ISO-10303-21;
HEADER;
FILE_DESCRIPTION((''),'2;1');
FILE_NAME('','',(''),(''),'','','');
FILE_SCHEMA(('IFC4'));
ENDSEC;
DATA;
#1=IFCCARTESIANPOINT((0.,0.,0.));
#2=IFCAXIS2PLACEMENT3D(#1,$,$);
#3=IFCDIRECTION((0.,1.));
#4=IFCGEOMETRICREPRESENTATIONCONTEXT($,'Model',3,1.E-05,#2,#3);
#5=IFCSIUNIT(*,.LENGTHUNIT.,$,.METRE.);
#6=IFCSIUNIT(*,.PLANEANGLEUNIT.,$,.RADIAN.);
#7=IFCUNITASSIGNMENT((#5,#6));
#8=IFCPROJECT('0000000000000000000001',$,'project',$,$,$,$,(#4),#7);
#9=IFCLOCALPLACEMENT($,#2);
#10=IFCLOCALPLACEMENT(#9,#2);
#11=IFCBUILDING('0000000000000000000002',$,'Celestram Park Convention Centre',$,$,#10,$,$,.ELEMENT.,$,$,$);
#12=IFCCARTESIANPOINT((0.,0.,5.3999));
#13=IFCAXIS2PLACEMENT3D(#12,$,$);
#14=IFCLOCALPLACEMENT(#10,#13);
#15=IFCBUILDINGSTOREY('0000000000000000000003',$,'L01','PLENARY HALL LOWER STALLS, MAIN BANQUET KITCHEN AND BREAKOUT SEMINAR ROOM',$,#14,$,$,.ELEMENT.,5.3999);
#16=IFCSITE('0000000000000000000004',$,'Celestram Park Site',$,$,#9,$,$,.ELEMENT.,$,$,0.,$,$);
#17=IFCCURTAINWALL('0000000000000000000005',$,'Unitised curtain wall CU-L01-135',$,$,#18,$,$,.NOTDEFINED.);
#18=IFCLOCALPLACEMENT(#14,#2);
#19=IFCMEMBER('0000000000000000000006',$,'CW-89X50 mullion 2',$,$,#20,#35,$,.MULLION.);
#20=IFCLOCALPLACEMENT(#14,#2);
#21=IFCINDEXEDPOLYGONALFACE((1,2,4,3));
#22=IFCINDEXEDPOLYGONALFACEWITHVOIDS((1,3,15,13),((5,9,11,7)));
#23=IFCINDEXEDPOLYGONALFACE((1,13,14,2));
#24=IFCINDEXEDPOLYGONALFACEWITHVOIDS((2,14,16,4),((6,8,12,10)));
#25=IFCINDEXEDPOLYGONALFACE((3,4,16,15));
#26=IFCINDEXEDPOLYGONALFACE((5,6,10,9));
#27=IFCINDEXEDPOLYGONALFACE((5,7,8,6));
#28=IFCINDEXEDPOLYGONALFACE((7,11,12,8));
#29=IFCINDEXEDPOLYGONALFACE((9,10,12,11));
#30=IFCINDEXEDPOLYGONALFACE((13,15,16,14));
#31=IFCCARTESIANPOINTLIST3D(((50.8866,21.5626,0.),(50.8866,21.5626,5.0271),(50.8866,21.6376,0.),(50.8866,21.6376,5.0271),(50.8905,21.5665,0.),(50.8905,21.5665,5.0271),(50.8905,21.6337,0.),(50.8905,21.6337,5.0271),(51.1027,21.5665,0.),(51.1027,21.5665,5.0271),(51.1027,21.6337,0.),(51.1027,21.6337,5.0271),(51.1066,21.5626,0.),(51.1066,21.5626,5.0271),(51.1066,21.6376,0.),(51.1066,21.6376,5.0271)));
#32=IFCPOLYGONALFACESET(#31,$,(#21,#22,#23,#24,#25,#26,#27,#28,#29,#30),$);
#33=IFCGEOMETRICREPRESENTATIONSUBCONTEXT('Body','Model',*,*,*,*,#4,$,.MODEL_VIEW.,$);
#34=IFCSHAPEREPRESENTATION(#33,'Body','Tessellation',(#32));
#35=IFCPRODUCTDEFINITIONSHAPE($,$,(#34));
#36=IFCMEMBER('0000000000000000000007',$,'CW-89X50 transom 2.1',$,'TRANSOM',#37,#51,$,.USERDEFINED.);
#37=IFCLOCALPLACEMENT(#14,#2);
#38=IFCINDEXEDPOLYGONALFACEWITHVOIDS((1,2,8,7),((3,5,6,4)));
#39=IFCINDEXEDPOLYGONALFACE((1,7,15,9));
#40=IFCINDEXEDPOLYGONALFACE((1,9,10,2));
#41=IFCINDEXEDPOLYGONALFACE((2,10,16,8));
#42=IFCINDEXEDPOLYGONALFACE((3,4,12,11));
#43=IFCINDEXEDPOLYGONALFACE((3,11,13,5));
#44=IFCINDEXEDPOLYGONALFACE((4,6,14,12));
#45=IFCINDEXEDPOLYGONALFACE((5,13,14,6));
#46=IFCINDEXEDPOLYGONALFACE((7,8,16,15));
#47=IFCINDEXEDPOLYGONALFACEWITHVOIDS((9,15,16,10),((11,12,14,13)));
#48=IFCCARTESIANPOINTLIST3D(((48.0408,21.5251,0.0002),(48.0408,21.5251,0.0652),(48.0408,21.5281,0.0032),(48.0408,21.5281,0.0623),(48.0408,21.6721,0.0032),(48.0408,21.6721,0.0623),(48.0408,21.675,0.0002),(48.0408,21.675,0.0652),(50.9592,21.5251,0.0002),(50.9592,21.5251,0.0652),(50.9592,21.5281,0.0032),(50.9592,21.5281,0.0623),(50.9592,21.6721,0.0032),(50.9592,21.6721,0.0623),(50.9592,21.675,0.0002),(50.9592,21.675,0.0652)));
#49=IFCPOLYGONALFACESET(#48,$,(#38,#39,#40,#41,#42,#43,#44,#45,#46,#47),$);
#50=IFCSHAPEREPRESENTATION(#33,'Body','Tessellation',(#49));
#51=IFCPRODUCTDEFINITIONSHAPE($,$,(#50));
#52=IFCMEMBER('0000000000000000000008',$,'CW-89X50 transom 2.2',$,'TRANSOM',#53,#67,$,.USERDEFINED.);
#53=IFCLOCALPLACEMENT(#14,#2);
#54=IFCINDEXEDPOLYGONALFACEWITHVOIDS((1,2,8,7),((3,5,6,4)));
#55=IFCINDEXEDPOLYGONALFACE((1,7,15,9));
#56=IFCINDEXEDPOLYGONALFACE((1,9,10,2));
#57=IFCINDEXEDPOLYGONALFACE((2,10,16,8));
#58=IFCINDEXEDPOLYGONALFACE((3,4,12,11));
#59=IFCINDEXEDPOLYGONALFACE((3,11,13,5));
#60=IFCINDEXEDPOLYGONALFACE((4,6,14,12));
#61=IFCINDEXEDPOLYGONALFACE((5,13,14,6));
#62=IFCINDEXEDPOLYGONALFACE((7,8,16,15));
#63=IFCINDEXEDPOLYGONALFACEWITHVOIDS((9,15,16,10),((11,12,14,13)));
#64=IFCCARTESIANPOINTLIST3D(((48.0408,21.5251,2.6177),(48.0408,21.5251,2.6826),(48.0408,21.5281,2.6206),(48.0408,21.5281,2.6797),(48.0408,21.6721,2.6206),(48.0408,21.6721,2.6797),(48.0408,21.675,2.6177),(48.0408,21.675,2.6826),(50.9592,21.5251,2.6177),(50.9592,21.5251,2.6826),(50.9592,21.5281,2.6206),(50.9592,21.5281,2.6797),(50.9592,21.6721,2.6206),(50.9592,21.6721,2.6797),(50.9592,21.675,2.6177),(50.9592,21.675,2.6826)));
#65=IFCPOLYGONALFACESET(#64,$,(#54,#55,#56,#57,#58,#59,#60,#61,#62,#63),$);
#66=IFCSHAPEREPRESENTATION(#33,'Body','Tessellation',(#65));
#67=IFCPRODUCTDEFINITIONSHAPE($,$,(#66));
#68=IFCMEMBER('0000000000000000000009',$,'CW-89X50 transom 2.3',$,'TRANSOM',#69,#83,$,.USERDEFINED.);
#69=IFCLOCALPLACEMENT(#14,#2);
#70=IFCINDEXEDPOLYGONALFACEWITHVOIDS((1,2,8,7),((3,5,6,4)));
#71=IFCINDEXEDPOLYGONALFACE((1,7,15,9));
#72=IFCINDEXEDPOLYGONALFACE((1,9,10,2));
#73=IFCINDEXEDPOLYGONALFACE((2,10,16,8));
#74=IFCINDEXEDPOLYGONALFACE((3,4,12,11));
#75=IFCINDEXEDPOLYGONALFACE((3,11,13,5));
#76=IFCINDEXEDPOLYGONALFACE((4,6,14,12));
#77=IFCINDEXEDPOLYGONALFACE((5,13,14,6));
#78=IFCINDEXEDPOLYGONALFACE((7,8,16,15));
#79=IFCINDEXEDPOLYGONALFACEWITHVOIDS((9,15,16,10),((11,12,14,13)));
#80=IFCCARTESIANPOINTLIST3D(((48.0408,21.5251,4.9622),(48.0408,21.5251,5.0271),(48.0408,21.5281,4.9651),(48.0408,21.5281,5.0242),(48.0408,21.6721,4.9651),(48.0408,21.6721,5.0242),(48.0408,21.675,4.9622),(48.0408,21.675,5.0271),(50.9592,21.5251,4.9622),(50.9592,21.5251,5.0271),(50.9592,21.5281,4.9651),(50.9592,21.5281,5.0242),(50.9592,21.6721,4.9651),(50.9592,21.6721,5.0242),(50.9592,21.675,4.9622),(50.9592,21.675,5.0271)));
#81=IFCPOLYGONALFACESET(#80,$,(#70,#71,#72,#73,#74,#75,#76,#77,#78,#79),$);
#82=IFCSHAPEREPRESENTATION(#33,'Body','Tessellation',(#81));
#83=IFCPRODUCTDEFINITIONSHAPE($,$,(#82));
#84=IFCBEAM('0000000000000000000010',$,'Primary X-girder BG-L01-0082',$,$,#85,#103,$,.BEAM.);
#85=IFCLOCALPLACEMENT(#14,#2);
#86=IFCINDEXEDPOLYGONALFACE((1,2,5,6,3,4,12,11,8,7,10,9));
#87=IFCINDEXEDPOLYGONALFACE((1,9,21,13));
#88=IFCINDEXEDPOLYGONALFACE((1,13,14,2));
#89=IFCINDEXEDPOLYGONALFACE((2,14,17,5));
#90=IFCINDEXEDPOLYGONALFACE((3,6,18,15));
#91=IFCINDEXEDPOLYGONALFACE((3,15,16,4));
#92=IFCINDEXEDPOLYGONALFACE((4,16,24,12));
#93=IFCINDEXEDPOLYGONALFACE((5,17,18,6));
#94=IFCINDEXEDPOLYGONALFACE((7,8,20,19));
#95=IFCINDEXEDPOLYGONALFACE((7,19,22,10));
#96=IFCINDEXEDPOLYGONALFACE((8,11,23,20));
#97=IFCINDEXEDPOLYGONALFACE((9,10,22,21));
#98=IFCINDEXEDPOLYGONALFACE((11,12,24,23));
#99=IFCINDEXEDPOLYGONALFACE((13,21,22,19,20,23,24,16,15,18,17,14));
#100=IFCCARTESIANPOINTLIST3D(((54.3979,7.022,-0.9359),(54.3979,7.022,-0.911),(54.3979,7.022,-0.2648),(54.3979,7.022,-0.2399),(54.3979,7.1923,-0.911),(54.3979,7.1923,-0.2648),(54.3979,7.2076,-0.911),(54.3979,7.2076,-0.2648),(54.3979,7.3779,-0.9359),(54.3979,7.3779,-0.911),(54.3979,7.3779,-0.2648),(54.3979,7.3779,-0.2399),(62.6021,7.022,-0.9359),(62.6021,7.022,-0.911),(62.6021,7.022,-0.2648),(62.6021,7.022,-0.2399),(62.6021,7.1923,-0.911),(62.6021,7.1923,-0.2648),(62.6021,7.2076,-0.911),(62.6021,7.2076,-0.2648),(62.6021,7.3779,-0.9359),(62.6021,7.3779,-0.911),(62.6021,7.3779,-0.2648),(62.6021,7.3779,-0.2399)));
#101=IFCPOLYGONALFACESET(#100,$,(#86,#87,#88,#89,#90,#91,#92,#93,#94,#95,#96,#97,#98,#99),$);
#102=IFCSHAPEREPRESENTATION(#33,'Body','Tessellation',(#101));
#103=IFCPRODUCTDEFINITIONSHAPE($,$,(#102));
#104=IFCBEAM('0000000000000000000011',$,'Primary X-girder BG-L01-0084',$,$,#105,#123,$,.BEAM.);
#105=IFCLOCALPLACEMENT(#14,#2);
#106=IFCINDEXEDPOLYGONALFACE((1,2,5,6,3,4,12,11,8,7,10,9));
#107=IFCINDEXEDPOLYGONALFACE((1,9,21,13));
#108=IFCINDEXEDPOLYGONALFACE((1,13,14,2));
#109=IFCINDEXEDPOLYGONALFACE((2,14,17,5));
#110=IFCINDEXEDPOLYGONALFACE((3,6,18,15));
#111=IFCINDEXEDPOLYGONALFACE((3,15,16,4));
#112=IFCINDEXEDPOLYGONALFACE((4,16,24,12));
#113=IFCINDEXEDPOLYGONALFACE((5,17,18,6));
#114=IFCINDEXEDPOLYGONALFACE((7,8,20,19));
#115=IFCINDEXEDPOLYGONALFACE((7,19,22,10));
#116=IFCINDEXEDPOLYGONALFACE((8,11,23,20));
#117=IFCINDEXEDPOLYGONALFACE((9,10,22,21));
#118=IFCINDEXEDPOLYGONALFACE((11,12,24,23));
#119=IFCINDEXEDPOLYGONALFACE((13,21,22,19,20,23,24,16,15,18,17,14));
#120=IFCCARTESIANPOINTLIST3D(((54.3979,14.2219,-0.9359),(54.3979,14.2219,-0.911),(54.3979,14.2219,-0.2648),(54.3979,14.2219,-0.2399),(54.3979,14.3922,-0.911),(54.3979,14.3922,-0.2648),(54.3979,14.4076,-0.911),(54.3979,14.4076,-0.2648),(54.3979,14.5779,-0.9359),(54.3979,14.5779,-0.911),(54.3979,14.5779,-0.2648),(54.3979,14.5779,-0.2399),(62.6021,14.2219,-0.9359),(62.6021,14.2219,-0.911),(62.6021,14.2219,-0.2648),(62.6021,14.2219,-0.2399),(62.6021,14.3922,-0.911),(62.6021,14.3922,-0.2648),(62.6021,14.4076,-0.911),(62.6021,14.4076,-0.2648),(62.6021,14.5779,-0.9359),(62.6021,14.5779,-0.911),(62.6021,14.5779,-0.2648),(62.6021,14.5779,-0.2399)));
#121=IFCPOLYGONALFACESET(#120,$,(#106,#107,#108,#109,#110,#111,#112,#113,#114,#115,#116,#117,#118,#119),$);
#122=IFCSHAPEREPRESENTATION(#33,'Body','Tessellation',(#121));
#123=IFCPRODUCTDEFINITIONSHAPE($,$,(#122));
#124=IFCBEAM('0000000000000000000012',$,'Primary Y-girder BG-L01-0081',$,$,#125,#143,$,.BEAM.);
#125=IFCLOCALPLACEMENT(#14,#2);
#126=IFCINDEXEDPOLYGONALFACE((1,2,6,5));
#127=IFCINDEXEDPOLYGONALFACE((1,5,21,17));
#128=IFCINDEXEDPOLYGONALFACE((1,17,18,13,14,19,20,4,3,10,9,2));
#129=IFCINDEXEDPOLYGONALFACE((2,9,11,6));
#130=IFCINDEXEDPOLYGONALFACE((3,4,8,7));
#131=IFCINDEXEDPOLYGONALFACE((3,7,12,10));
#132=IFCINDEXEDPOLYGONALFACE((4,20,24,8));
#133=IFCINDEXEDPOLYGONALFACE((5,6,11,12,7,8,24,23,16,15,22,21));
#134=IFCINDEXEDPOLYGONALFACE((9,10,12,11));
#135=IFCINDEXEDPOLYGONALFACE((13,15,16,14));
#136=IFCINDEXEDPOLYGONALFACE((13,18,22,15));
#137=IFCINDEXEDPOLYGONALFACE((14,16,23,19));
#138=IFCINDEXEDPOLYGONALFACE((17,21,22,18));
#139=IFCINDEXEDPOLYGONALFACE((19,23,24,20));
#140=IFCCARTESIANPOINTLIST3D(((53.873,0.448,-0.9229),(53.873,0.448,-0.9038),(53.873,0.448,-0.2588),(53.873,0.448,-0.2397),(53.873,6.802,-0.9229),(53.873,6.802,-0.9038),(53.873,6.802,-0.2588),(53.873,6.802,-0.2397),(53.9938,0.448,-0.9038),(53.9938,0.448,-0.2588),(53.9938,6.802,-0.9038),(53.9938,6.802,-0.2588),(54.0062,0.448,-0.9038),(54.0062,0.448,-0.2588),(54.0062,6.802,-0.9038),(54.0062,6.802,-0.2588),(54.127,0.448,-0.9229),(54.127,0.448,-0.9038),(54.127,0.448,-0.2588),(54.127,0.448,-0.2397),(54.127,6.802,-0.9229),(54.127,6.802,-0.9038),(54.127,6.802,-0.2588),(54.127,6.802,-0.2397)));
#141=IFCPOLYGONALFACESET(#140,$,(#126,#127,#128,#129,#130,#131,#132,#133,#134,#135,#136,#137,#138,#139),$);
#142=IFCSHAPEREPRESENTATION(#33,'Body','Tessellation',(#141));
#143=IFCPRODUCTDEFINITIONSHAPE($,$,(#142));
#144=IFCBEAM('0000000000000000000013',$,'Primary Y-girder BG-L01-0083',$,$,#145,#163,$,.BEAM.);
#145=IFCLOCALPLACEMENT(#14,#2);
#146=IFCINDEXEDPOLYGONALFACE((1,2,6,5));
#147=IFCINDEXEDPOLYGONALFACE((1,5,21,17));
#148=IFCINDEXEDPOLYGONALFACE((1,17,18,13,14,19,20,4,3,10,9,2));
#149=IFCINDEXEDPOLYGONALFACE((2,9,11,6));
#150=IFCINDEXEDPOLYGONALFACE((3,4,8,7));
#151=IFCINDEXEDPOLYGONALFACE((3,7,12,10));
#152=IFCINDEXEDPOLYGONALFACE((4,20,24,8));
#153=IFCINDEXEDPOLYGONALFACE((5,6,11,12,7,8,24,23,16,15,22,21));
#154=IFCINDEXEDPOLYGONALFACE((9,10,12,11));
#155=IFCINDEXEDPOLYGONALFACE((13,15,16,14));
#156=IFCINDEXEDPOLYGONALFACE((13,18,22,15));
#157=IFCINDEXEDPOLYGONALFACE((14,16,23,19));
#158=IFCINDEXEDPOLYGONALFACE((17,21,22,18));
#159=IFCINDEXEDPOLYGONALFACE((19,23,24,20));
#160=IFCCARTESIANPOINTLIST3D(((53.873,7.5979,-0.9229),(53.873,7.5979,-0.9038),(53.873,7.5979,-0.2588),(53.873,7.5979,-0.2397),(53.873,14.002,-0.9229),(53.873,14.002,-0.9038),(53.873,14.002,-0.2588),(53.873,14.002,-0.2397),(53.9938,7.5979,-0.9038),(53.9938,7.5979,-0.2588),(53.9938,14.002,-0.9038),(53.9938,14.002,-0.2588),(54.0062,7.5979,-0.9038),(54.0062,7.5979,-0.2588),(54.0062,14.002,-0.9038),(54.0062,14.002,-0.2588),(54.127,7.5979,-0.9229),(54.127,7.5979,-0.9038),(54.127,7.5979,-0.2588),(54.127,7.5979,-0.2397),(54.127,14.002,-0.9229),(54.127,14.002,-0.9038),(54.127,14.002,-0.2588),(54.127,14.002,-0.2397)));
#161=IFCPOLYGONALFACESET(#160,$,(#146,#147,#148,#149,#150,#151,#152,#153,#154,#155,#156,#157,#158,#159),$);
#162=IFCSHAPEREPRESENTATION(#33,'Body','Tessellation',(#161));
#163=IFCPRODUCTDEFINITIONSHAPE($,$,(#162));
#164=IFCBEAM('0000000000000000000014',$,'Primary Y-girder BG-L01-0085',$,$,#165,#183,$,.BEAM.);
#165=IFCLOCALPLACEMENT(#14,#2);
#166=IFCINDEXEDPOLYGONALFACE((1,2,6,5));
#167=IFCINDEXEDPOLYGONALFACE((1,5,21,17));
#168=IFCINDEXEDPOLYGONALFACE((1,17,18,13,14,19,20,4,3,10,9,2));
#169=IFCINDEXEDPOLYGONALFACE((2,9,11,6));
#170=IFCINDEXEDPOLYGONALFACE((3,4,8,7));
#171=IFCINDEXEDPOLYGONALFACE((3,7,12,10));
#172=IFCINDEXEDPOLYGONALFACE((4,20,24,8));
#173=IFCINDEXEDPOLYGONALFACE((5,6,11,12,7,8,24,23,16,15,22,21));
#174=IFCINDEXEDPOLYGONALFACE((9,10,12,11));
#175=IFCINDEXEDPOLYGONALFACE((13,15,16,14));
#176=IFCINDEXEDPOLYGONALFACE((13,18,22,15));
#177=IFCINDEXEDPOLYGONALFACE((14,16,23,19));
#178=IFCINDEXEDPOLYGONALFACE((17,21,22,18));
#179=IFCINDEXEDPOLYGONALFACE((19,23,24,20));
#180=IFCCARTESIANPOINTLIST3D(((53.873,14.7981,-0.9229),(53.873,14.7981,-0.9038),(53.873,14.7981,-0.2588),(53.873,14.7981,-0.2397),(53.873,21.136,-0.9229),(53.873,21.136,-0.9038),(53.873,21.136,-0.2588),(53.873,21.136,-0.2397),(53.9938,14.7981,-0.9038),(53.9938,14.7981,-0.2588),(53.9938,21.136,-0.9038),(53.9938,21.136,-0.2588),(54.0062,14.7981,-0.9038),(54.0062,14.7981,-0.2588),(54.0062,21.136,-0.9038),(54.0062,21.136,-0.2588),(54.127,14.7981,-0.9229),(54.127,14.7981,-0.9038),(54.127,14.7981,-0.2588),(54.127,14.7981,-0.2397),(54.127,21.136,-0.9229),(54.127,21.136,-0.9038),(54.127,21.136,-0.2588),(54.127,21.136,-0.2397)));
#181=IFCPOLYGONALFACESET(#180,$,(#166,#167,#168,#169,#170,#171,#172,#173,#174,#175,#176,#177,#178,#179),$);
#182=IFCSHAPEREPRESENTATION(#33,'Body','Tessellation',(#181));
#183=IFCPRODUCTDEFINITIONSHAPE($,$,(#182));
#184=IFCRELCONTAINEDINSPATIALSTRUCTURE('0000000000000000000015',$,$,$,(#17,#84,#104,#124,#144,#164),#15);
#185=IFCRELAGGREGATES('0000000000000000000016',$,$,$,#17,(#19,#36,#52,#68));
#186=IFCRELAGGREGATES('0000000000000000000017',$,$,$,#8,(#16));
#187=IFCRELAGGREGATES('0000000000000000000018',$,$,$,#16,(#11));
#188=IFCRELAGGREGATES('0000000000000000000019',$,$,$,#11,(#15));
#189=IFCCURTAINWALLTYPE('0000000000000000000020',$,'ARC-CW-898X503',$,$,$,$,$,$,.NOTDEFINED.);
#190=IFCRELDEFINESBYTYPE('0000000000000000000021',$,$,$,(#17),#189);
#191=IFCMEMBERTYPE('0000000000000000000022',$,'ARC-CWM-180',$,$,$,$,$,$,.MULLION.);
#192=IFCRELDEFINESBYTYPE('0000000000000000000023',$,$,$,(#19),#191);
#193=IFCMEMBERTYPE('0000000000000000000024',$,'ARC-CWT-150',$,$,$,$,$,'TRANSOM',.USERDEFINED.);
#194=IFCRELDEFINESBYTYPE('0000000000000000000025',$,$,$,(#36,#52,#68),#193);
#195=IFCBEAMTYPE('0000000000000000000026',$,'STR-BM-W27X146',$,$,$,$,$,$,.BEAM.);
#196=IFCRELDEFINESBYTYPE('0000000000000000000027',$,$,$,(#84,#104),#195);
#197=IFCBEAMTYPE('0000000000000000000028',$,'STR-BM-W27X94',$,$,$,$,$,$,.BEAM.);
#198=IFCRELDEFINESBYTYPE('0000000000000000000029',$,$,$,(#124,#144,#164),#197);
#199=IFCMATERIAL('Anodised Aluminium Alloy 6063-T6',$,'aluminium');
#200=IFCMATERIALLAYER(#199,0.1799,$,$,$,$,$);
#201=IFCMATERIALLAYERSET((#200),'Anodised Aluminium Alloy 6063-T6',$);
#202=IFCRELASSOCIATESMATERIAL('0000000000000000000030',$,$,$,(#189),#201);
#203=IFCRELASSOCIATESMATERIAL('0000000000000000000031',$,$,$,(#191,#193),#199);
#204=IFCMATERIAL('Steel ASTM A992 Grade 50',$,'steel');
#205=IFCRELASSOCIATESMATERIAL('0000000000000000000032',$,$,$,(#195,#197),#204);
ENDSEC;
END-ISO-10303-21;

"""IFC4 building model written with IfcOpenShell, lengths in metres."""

from ifc_helpers import new_model, si_unit, direction, frame, origin, origin_2d, place, context, subcontext, project, spatial, hollow_rectangle, i_section, extrude, material, layer, layer_set, material_profile, profile_set, type_object, element, aggregate, save


model = new_model("IFC4")

# Units and contexts
model_context = context("Model", 3, precision=1e-05, world=origin(), true_north=direction((0.0, 1.0)))
body_context = subcontext(model_context, "Body", "Model", "MODEL_VIEW")
ifc_project = project(units=[si_unit("LENGTHUNIT", "METRE"), si_unit("PLANEANGLEUNIT", "RADIAN")], contexts=[model_context])

# Site, building, storey
site_placement = place(None, origin())
site = spatial("IfcSite", under=ifc_project, at=site_placement, Name="Celestram Park Site", CompositionType="ELEMENT", RefElevation=0.0)
building_placement = place(site_placement, origin())
building = spatial("IfcBuilding", under=site, at=building_placement, Name="Celestram Park Convention Centre", CompositionType="ELEMENT")
storey_placement = place(building_placement, frame((0.0, 0.0, 5.3999)))
storey = spatial("IfcBuildingStorey", under=building, at=storey_placement, Name="L01", Description="PLENARY HALL LOWER STALLS, MAIN BANQUET KITCHEN AND BREAKOUT SEMINAR ROOM", CompositionType="ELEMENT", Elevation=5.3999)

# Curtain wall, members
ifc_material_1 = material(Name="Anodised Aluminium Alloy 6063-T6", Category="aluminium")
ifc_layer_1 = layer(ifc_material_1, 0.1799)
ifc_layer_set_1 = layer_set([ifc_layer_1], Name="Anodised Aluminium Alloy 6063-T6")
curtain_wall_type = type_object("IfcCurtainWallType", Name="ARC-CW-898X503", PredefinedType="NOTDEFINED", material=ifc_layer_set_1)
curtain_wall_placement = place(storey_placement, origin())
curtain_wall = element("IfcCurtainWall", 1, at=curtain_wall_placement, inside=storey, type_object=curtain_wall_type, Name="Unitised curtain wall CU-L01-135", PredefinedType="NOTDEFINED")
ifc_material_profile_1 = material_profile(ifc_material_1, hollow_rectangle(XDim=0.075, YDim=0.22, WallThickness=0.0039, at=origin_2d()), Name="ALU75X220X4")
ifc_profile_set_1 = profile_set([ifc_material_profile_1], Name="Anodised Aluminium Alloy 6063-T6")
member_type_1 = type_object("IfcMemberType", Name="ARC-CWM-180", PredefinedType="MULLION", material=ifc_profile_set_1)
member_1_placement = place(storey_placement, frame((50.9966, 21.6001, 0.0), z_axis=(0.0, 0.0, 1.0), x_axis=(0.0, -1.0, 0.0)))
member_1 = element("IfcMember", 2, at=member_1_placement, type_object=member_type_1, Name="CW-89X50 mullion 2", PredefinedType="MULLION", context=body_context, shape_type="SweptSolid", body=[
    extrude(hollow_rectangle(XDim=0.075, YDim=0.22, WallThickness=0.0039, at=origin_2d()), origin(), (0.0, 0.0, 1.0), 5.0271),
])
ifc_material_profile_2 = material_profile(ifc_material_1, hollow_rectangle(XDim=0.1499, YDim=0.0649, WallThickness=0.0029, at=origin_2d()), Name="ALU150X65X3")
ifc_profile_set_2 = profile_set([ifc_material_profile_2], Name="Anodised Aluminium Alloy 6063-T6")
member_type_2 = type_object("IfcMemberType", Name="ARC-CWT-150", ElementType="TRANSOM", PredefinedType="USERDEFINED", material=ifc_profile_set_2)
member_2_placement = place(storey_placement, frame((50.9592, 21.6001, 0.0327), z_axis=(-1.0, 0.0, 0.0), x_axis=(0.0, -1.0, 0.0)))
member_2 = element("IfcMember", 3, at=member_2_placement, type_object=member_type_2, Name="CW-89X50 transom 2.1", ObjectType="TRANSOM", PredefinedType="USERDEFINED", context=body_context, shape_type="SweptSolid", body=[
    extrude(hollow_rectangle(XDim=0.1499, YDim=0.0649, WallThickness=0.0029, at=origin_2d()), origin(), (0.0, 0.0, 1.0), 2.9185),
])
member_3_placement = place(storey_placement, frame((50.9592, 21.6001, 2.6501), z_axis=(-1.0, 0.0, 0.0), x_axis=(0.0, -1.0, 0.0)))
member_3 = element("IfcMember", 4, at=member_3_placement, type_object=member_type_2, Name="CW-89X50 transom 2.2", ObjectType="TRANSOM", PredefinedType="USERDEFINED", context=body_context, shape_type="SweptSolid", body=[
    extrude(hollow_rectangle(XDim=0.1499, YDim=0.0649, WallThickness=0.0029, at=origin_2d()), origin(), (0.0, 0.0, 1.0), 2.9185),
])
member_4_placement = place(storey_placement, frame((50.9592, 21.6001, 4.9946), z_axis=(-1.0, 0.0, 0.0), x_axis=(0.0, -1.0, 0.0)))
member_4 = element("IfcMember", 5, at=member_4_placement, type_object=member_type_2, Name="CW-89X50 transom 2.3", ObjectType="TRANSOM", PredefinedType="USERDEFINED", context=body_context, shape_type="SweptSolid", body=[
    extrude(hollow_rectangle(XDim=0.1499, YDim=0.0649, WallThickness=0.0029, at=origin_2d()), origin(), (0.0, 0.0, 1.0), 2.9185),
])

# Beams
ifc_material_2 = material(Name="Steel ASTM A992 Grade 50", Category="steel")
ifc_material_profile_3 = material_profile(ifc_material_2, i_section(OverallWidth=0.356, OverallDepth=0.696, WebThickness=0.0154, FlangeThickness=0.0249, at=origin_2d()), Name="W27X146")
ifc_profile_set_3 = profile_set([ifc_material_profile_3], Name="Steel ASTM A992 Grade 50")
beam_type_1 = type_object("IfcBeamType", Name="STR-BM-W27X146", PredefinedType="BEAM", material=ifc_profile_set_3)
for number, where, z_axis, x_axis, name in (
    (6, (54.3979, 7.2, -0.5879), (1.0, 0.0, 0.0), (0.0, 1.0, 0.0), "Primary X-girder BG-L01-0082"),
    (7, (54.3979, 14.3999, -0.5879), (1.0, 0.0, 0.0), (0.0, 1.0, 0.0), "Primary X-girder BG-L01-0084"),
):
    element("IfcBeam", number, at=place(storey_placement, frame(where, z_axis=z_axis, x_axis=x_axis)), inside=storey, type_object=beam_type_1, Name=name, PredefinedType="BEAM", context=body_context, shape_type="SweptSolid", body=[
        extrude(i_section(OverallWidth=0.356, OverallDepth=0.696, WebThickness=0.0154, FlangeThickness=0.0249, at=origin_2d()), origin(), (0.0, 0.0, 1.0), 8.2041),
    ])
ifc_material_profile_4 = material_profile(ifc_material_2, i_section(OverallWidth=0.2539, OverallDepth=0.6831, WebThickness=0.0125, FlangeThickness=0.019, at=origin_2d()), Name="W27X94")
ifc_profile_set_4 = profile_set([ifc_material_profile_4], Name="Steel ASTM A992 Grade 50")
beam_type_2 = type_object("IfcBeamType", Name="STR-BM-W27X94", PredefinedType="BEAM", material=ifc_profile_set_4)
beam_1_placement = place(storey_placement, frame((54.0, 0.448, -0.5813), z_axis=(0.0, 1.0, 0.0), x_axis=(-1.0, 0.0, 0.0)))
element("IfcBeam", 8, at=beam_1_placement, inside=storey, type_object=beam_type_2, Name="Primary Y-girder BG-L01-0081", PredefinedType="BEAM", context=body_context, shape_type="SweptSolid", body=[
    extrude(i_section(OverallWidth=0.2539, OverallDepth=0.6831, WebThickness=0.0125, FlangeThickness=0.019, at=origin_2d()), origin(), (0.0, 0.0, 1.0), 6.354),
])
beam_2_placement = place(storey_placement, frame((54.0, 7.5979, -0.5813), z_axis=(0.0, 1.0, 0.0), x_axis=(-1.0, 0.0, 0.0)))
element("IfcBeam", 9, at=beam_2_placement, inside=storey, type_object=beam_type_2, Name="Primary Y-girder BG-L01-0083", PredefinedType="BEAM", context=body_context, shape_type="SweptSolid", body=[
    extrude(i_section(OverallWidth=0.2539, OverallDepth=0.6831, WebThickness=0.0125, FlangeThickness=0.019, at=origin_2d()), origin(), (0.0, 0.0, 1.0), 6.4041),
])
beam_3_placement = place(storey_placement, frame((54.0, 14.7981, -0.5813), z_axis=(0.0, 1.0, 0.0), x_axis=(-1.0, 0.0, 0.0)))
element("IfcBeam", 10, at=beam_3_placement, inside=storey, type_object=beam_type_2, Name="Primary Y-girder BG-L01-0085", PredefinedType="BEAM", context=body_context, shape_type="SweptSolid", body=[
    extrude(i_section(OverallWidth=0.2539, OverallDepth=0.6831, WebThickness=0.0125, FlangeThickness=0.019, at=origin_2d()), origin(), (0.0, 0.0, 1.0), 6.3379),
])

aggregate(curtain_wall, [member_1, member_2, member_3, member_4])

save(model, "model.ifc")
